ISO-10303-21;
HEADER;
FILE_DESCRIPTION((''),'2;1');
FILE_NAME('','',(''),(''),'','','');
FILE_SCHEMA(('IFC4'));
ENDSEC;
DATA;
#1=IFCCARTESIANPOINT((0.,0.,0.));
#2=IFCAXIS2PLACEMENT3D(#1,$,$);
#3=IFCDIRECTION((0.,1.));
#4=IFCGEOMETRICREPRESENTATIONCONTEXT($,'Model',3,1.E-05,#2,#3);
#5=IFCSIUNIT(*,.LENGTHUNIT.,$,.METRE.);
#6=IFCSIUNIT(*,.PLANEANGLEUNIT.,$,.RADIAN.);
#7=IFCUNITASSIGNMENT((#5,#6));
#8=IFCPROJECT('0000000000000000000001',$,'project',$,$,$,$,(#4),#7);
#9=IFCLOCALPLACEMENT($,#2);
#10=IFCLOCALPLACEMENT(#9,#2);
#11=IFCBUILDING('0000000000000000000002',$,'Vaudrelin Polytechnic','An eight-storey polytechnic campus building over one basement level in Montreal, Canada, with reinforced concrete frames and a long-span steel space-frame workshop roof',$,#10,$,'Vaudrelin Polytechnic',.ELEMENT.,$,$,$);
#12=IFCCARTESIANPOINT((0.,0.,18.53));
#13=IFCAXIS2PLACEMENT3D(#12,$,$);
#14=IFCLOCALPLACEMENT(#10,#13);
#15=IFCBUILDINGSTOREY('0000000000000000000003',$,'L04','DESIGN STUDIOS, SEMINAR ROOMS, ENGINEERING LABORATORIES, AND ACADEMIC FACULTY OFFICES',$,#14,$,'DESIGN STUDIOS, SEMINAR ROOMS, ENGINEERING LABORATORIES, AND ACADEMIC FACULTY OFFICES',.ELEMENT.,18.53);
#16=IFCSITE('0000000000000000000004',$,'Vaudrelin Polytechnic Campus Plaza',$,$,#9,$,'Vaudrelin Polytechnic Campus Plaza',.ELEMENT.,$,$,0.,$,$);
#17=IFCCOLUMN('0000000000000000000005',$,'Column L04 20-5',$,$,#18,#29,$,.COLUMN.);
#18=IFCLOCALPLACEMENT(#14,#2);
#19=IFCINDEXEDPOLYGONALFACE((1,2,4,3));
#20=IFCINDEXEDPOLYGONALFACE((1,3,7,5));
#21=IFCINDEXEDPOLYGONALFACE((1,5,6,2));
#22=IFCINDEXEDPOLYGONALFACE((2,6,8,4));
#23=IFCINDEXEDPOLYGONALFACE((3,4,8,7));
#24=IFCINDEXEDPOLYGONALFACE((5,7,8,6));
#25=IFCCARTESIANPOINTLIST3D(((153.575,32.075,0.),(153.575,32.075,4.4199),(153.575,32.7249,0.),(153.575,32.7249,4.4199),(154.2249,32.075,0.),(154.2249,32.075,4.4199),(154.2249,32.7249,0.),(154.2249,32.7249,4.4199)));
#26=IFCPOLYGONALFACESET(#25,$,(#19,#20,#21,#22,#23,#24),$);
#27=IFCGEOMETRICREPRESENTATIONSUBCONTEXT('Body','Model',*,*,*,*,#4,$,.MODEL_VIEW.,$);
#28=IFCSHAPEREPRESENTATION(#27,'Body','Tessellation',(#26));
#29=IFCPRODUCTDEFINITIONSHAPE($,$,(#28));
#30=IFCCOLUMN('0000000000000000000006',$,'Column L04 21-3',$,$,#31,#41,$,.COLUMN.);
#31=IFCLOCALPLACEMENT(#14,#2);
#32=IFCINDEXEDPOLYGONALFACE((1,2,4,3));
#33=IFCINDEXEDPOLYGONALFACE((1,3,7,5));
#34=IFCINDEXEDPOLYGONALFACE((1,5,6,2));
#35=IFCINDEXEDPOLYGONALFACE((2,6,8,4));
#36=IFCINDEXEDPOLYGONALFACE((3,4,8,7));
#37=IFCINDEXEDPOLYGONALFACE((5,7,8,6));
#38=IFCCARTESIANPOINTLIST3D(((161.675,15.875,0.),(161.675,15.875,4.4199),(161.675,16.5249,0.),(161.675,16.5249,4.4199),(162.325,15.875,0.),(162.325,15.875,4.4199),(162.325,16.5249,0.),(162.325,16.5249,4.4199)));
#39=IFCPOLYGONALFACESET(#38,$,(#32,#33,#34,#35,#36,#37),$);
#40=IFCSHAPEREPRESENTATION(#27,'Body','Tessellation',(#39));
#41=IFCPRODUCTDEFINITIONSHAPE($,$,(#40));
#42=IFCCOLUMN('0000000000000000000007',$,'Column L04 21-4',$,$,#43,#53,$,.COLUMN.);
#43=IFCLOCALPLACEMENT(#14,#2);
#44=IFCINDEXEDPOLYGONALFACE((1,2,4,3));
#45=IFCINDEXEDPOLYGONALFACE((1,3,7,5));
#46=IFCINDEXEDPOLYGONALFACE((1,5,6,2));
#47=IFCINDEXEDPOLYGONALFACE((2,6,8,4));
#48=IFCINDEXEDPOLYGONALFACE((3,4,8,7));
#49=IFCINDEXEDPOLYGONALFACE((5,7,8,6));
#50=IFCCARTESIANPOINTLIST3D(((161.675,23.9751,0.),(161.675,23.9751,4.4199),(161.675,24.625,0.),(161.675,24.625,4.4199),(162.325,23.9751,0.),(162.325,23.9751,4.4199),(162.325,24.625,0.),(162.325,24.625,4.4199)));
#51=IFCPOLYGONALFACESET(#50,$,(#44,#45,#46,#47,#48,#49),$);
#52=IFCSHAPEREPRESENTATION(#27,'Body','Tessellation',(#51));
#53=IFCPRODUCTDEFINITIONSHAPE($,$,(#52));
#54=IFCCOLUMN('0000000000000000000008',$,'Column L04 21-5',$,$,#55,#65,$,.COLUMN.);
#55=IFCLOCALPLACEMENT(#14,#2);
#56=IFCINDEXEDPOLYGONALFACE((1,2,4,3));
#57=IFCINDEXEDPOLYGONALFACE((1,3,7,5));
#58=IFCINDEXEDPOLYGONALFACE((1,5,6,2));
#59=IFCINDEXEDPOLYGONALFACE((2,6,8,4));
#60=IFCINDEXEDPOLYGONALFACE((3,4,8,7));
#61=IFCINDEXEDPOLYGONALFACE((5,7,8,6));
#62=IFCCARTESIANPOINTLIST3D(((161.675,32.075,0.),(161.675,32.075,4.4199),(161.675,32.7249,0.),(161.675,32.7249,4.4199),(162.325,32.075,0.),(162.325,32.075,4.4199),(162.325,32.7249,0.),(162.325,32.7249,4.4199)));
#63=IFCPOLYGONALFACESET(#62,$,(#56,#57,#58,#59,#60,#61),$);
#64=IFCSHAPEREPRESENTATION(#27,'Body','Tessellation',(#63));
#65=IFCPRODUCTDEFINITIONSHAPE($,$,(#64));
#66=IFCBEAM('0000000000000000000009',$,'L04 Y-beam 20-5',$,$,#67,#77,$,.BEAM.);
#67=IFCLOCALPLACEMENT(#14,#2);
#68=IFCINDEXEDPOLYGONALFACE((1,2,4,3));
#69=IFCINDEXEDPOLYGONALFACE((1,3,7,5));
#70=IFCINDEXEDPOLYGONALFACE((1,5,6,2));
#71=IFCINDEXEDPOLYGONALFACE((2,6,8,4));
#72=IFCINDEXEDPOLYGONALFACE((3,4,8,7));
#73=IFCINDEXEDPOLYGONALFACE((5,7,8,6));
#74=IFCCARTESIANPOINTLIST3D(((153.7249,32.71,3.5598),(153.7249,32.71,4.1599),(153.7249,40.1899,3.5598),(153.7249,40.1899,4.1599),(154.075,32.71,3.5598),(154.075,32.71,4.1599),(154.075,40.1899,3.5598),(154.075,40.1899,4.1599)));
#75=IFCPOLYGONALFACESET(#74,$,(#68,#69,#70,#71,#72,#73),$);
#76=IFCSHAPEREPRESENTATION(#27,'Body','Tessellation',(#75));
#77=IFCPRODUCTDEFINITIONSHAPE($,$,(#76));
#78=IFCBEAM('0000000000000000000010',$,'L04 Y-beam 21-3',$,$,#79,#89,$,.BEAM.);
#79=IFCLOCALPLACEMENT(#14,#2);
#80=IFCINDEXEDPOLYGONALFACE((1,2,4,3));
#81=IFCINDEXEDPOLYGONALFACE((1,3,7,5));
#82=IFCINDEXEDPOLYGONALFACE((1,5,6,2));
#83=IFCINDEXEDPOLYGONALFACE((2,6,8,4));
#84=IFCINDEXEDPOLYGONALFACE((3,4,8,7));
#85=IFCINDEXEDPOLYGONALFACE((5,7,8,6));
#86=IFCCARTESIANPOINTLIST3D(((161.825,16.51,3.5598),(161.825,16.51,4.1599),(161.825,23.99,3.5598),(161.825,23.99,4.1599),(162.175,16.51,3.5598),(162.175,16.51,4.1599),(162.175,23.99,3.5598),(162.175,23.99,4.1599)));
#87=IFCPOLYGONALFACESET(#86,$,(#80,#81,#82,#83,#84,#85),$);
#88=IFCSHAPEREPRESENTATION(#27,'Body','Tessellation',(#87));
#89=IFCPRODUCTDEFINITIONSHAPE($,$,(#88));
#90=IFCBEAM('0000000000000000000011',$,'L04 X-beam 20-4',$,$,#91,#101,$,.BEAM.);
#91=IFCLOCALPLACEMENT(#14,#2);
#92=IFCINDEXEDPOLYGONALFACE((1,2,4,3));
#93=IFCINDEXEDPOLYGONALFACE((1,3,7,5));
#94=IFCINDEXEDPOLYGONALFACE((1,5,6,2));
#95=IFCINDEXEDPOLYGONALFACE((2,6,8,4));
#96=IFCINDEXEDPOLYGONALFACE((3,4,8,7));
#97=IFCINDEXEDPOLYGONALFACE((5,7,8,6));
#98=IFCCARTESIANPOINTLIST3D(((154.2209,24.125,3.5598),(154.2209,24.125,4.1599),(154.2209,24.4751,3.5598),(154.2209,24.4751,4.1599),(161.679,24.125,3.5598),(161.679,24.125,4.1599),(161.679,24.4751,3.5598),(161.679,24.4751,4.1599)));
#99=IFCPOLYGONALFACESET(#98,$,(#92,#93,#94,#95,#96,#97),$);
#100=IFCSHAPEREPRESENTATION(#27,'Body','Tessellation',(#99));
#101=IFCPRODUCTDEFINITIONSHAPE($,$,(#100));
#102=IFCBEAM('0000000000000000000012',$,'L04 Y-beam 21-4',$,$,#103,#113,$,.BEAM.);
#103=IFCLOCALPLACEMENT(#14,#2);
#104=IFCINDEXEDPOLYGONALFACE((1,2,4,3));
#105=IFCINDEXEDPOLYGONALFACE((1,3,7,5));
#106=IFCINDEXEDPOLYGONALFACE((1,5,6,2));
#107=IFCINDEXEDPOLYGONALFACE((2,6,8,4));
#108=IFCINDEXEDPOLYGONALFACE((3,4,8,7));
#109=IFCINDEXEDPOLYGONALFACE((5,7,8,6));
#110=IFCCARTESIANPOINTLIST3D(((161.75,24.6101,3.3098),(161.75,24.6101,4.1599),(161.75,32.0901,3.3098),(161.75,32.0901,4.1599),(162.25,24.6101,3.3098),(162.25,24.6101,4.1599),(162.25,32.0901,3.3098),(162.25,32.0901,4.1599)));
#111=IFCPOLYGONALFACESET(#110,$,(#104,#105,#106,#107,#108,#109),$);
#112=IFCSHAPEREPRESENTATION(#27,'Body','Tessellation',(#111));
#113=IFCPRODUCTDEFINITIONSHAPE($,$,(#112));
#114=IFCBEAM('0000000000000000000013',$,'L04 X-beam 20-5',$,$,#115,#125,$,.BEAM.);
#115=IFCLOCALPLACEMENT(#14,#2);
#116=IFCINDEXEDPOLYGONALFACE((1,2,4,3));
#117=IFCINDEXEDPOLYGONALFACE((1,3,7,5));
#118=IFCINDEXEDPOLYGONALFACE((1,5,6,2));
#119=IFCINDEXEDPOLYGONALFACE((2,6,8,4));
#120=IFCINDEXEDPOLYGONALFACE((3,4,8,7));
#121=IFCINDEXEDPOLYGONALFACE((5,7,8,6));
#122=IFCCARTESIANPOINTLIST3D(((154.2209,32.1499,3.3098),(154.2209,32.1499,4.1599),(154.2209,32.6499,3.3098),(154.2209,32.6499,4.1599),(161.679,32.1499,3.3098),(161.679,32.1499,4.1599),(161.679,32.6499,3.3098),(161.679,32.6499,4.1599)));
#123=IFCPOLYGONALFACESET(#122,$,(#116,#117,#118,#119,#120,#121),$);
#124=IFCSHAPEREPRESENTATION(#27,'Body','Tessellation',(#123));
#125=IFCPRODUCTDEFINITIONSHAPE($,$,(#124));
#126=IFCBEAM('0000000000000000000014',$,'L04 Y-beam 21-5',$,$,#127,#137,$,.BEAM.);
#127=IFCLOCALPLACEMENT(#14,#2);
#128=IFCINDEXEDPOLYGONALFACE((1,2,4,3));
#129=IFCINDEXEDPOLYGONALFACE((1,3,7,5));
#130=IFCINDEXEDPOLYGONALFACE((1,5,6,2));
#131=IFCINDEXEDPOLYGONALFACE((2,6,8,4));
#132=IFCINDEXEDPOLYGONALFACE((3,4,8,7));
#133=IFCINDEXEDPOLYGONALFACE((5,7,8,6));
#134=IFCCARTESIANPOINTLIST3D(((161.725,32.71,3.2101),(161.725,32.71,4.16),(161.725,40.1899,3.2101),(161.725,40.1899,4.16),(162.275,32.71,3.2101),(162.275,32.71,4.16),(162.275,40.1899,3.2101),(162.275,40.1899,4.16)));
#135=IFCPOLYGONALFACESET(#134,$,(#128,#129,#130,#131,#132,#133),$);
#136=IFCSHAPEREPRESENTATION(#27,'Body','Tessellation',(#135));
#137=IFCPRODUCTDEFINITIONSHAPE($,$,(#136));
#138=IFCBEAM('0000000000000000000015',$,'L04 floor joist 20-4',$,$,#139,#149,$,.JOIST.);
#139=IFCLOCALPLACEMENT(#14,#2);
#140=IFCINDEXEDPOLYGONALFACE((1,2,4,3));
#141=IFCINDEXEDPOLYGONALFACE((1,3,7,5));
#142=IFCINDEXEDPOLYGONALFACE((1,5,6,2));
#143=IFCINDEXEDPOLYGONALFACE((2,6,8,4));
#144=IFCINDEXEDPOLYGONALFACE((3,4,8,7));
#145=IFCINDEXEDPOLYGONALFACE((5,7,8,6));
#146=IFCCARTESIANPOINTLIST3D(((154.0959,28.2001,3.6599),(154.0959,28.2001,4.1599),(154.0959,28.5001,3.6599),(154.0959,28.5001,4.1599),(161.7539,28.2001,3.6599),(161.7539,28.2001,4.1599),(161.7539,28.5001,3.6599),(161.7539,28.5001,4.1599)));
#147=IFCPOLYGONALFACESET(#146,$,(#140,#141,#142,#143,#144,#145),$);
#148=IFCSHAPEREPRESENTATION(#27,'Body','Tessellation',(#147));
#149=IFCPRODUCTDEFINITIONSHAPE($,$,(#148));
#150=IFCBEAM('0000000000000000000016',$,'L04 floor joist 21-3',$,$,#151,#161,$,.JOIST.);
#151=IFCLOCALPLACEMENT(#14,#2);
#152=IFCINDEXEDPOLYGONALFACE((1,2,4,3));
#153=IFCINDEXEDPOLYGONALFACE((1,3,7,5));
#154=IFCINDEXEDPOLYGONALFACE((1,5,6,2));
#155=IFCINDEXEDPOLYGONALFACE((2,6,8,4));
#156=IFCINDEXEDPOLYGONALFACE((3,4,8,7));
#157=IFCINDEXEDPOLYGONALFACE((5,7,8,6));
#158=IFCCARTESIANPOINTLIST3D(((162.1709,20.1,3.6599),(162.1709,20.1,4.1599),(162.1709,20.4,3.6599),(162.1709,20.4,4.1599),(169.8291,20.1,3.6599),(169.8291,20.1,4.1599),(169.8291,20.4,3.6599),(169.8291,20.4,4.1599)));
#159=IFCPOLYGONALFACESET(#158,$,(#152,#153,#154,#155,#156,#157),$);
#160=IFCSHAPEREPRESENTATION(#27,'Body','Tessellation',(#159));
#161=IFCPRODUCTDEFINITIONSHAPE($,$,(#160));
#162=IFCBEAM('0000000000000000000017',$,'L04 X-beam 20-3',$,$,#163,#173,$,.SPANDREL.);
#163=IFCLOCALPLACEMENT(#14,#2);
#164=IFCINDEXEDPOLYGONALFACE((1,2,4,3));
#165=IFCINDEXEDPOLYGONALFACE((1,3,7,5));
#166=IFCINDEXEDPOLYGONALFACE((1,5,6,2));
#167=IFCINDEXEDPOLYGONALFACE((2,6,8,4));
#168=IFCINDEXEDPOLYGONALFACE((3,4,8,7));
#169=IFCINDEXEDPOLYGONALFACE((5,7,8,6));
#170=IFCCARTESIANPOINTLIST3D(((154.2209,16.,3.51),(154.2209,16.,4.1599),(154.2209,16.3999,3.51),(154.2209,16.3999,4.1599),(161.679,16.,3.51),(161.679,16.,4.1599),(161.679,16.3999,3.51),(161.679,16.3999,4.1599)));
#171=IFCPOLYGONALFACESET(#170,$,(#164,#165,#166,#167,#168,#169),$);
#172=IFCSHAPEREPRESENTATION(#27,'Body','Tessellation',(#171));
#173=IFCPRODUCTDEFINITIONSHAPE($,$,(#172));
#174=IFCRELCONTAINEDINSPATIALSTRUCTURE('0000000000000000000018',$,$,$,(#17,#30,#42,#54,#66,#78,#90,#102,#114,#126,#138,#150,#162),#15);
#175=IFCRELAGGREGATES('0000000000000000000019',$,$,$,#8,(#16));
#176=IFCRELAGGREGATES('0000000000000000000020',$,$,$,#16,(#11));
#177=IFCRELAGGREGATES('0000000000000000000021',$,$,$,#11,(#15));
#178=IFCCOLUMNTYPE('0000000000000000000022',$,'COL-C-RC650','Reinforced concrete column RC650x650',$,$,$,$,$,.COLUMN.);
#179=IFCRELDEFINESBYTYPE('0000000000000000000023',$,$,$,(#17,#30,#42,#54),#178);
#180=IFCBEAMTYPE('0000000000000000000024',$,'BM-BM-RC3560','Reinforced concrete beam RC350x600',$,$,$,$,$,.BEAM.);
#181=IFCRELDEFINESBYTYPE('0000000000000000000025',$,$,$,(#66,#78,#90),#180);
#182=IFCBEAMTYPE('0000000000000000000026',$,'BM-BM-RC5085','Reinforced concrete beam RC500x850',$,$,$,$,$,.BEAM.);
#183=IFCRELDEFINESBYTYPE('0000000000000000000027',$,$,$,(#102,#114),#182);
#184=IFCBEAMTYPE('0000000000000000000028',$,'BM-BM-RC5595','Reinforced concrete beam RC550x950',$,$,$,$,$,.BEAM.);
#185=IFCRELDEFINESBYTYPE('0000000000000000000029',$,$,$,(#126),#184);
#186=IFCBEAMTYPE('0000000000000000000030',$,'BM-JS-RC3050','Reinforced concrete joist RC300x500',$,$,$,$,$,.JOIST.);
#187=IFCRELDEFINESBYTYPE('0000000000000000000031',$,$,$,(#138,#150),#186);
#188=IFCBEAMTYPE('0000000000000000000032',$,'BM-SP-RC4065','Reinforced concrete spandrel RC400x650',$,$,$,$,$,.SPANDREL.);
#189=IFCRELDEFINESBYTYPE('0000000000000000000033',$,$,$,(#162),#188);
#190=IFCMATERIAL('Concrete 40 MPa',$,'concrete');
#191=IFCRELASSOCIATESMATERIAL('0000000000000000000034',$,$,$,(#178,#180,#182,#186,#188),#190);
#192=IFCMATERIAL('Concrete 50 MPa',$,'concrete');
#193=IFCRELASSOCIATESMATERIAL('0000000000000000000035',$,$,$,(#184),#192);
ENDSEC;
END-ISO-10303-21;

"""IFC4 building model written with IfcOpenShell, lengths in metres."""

from ifc_helpers import new_model, si_unit, direction, frame, origin, origin_2d, place, context, subcontext, project, spatial, rectangle, extrude, material, material_profile, profile_set, type_object, element, save


model = new_model("IFC4")

# Units and contexts
model_context = context("Model", 3, precision=1e-05, world=origin(), true_north=direction((0.0, 1.0)))
body_context = subcontext(model_context, "Body", "Model", "MODEL_VIEW")
ifc_project = project(units=[si_unit("LENGTHUNIT", "METRE"), si_unit("PLANEANGLEUNIT", "RADIAN")], contexts=[model_context])

# Site, building, storey
site_placement = place(None, origin())
site = spatial("IfcSite", under=ifc_project, at=site_placement, Name="Vaudrelin Polytechnic Campus Plaza", LongName="Vaudrelin Polytechnic Campus Plaza", CompositionType="ELEMENT", RefElevation=0.0)
building_placement = place(site_placement, origin())
building = spatial("IfcBuilding", under=site, at=building_placement, Name="Vaudrelin Polytechnic", Description="An eight-storey polytechnic campus building over one basement level in Montreal, Canada, with reinforced concrete frames and a long-span steel space-frame workshop roof", LongName="Vaudrelin Polytechnic", CompositionType="ELEMENT")
storey_placement = place(building_placement, frame((0.0, 0.0, 18.53)))
storey = spatial("IfcBuildingStorey", under=building, at=storey_placement, Name="L04", Description="DESIGN STUDIOS, SEMINAR ROOMS, ENGINEERING LABORATORIES, AND ACADEMIC FACULTY OFFICES", LongName="DESIGN STUDIOS, SEMINAR ROOMS, ENGINEERING LABORATORIES, AND ACADEMIC FACULTY OFFICES", CompositionType="ELEMENT", Elevation=18.53)

# Columns
ifc_material_1 = material(Name="Concrete 40 MPa", Category="concrete")
ifc_material_profile_1 = material_profile(ifc_material_1, rectangle(XDim=0.6499, YDim=0.6499, at=origin_2d()), Name="RC650x650")
ifc_profile_set_1 = profile_set([ifc_material_profile_1], Name="Concrete 40 MPa")
column_type = type_object("IfcColumnType", Name="COL-C-RC650", Description="Reinforced concrete column RC650x650", PredefinedType="COLUMN", material=ifc_profile_set_1)
for number, where, z_axis, x_axis, name in (
    (1, (153.8999, 32.3999, 0.0), (0.0, 0.0, 1.0), (1.0, 0.0, 0.0), "Column L04 20-5"),
    (2, (162.0, 16.2, 0.0), (0.0, 0.0, 1.0), (1.0, 0.0, 0.0), "Column L04 21-3"),
    (3, (162.0, 24.3, 0.0), (0.0, 0.0, 1.0), (1.0, 0.0, 0.0), "Column L04 21-4"),
    (4, (162.0, 32.3999, 0.0), (0.0, 0.0, 1.0), (1.0, 0.0, 0.0), "Column L04 21-5"),
):
    element("IfcColumn", number, at=place(storey_placement, frame(where, z_axis=z_axis, x_axis=x_axis)), inside=storey, type_object=column_type, Name=name, PredefinedType="COLUMN", context=body_context, shape_type="SweptSolid", body=[
        extrude(rectangle(XDim=0.6499, YDim=0.6499, at=origin_2d()), origin(), (0.0, 0.0, 1.0), 4.4199),
    ])

# Beams
ifc_material_profile_2 = material_profile(ifc_material_1, rectangle(XDim=0.3501, YDim=0.6001, at=origin_2d()), Name="RC350x600")
ifc_profile_set_2 = profile_set([ifc_material_profile_2], Name="Concrete 40 MPa")
beam_type_1 = type_object("IfcBeamType", Name="BM-BM-RC3560", Description="Reinforced concrete beam RC350x600", PredefinedType="BEAM", material=ifc_profile_set_2)
for number, where, z_axis, x_axis, name in (
    (5, (153.8999, 32.71, 3.8599), (0.0, 1.0, 0.0), (-1.0, 0.0, 0.0), "L04 Y-beam 20-5"),
    (6, (162.0, 16.51, 3.8599), (0.0, 1.0, 0.0), (-1.0, 0.0, 0.0), "L04 Y-beam 21-3"),
):
    element("IfcBeam", number, at=place(storey_placement, frame(where, z_axis=z_axis, x_axis=x_axis)), inside=storey, type_object=beam_type_1, Name=name, PredefinedType="BEAM", context=body_context, shape_type="SweptSolid", body=[
        extrude(rectangle(XDim=0.3501, YDim=0.6001, at=origin_2d()), origin(), (0.0, 0.0, 1.0), 7.48),
    ])
beam_1_placement = place(storey_placement, frame((154.2209, 24.3, 3.8599), z_axis=(1.0, 0.0, 0.0), x_axis=(0.0, 1.0, 0.0)))
element("IfcBeam", 7, at=beam_1_placement, inside=storey, type_object=beam_type_1, Name="L04 X-beam 20-4", PredefinedType="BEAM", context=body_context, shape_type="SweptSolid", body=[
    extrude(rectangle(XDim=0.3501, YDim=0.6001, at=origin_2d()), origin(), (0.0, 0.0, 1.0), 7.458),
])
ifc_material_profile_3 = material_profile(ifc_material_1, rectangle(XDim=0.5, YDim=0.8501, at=origin_2d()), Name="RC500x850")
ifc_profile_set_3 = profile_set([ifc_material_profile_3], Name="Concrete 40 MPa")
beam_type_2 = type_object("IfcBeamType", Name="BM-BM-RC5085", Description="Reinforced concrete beam RC500x850", PredefinedType="BEAM", material=ifc_profile_set_3)
beam_2_placement = place(storey_placement, frame((162.0, 24.6101, 3.7349), z_axis=(0.0, 1.0, 0.0), x_axis=(-1.0, 0.0, 0.0)))
element("IfcBeam", 8, at=beam_2_placement, inside=storey, type_object=beam_type_2, Name="L04 Y-beam 21-4", PredefinedType="BEAM", context=body_context, shape_type="SweptSolid", body=[
    extrude(rectangle(XDim=0.5, YDim=0.8501, at=origin_2d()), origin(), (0.0, 0.0, 1.0), 7.48),
])
beam_3_placement = place(storey_placement, frame((154.2209, 32.3999, 3.7349), z_axis=(1.0, 0.0, 0.0), x_axis=(0.0, 1.0, 0.0)))
element("IfcBeam", 9, at=beam_3_placement, inside=storey, type_object=beam_type_2, Name="L04 X-beam 20-5", PredefinedType="BEAM", context=body_context, shape_type="SweptSolid", body=[
    extrude(rectangle(XDim=0.5, YDim=0.8501, at=origin_2d()), origin(), (0.0, 0.0, 1.0), 7.458),
])
ifc_material_2 = material(Name="Concrete 50 MPa", Category="concrete")
ifc_material_profile_4 = material_profile(ifc_material_2, rectangle(XDim=0.55, YDim=0.95, at=origin_2d()), Name="RC550x950")
ifc_profile_set_4 = profile_set([ifc_material_profile_4], Name="Concrete 50 MPa")
beam_type_3 = type_object("IfcBeamType", Name="BM-BM-RC5595", Description="Reinforced concrete beam RC550x950", PredefinedType="BEAM", material=ifc_profile_set_4)
beam_4_placement = place(storey_placement, frame((162.0, 32.71, 3.6851), z_axis=(0.0, 1.0, 0.0), x_axis=(-1.0, 0.0, 0.0)))
element("IfcBeam", 10, at=beam_4_placement, inside=storey, type_object=beam_type_3, Name="L04 Y-beam 21-5", PredefinedType="BEAM", context=body_context, shape_type="SweptSolid", body=[
    extrude(rectangle(XDim=0.55, YDim=0.95, at=origin_2d()), origin(), (0.0, 0.0, 1.0), 7.48),
])
ifc_material_profile_5 = material_profile(ifc_material_1, rectangle(XDim=0.3, YDim=0.5, at=origin_2d()), Name="RC300x500")
ifc_profile_set_5 = profile_set([ifc_material_profile_5], Name="Concrete 40 MPa")
beam_type_4 = type_object("IfcBeamType", Name="BM-JS-RC3050", Description="Reinforced concrete joist RC300x500", PredefinedType="JOIST", material=ifc_profile_set_5)
beam_5_placement = place(storey_placement, frame((154.0959, 28.3501, 3.9099), z_axis=(1.0, 0.0, 0.0), x_axis=(0.0, 1.0, 0.0)))
element("IfcBeam", 11, at=beam_5_placement, inside=storey, type_object=beam_type_4, Name="L04 floor joist 20-4", PredefinedType="JOIST", context=body_context, shape_type="SweptSolid", body=[
    extrude(rectangle(XDim=0.3, YDim=0.5, at=origin_2d()), origin(), (0.0, 0.0, 1.0), 7.658),
])
beam_6_placement = place(storey_placement, frame((162.1709, 20.25, 3.9099), z_axis=(1.0, 0.0, 0.0), x_axis=(0.0, 1.0, 0.0)))
element("IfcBeam", 12, at=beam_6_placement, inside=storey, type_object=beam_type_4, Name="L04 floor joist 21-3", PredefinedType="JOIST", context=body_context, shape_type="SweptSolid", body=[
    extrude(rectangle(XDim=0.3, YDim=0.5, at=origin_2d()), origin(), (0.0, 0.0, 1.0), 7.6582),
])
ifc_material_profile_6 = material_profile(ifc_material_1, rectangle(XDim=0.3999, YDim=0.6499, at=origin_2d()), Name="RC400x650")
ifc_profile_set_6 = profile_set([ifc_material_profile_6], Name="Concrete 40 MPa")
beam_type_5 = type_object("IfcBeamType", Name="BM-SP-RC4065", Description="Reinforced concrete spandrel RC400x650", PredefinedType="SPANDREL", material=ifc_profile_set_6)
beam_7_placement = place(storey_placement, frame((154.2209, 16.2, 3.835), z_axis=(1.0, 0.0, 0.0), x_axis=(0.0, 1.0, 0.0)))
element("IfcBeam", 13, at=beam_7_placement, inside=storey, type_object=beam_type_5, Name="L04 X-beam 20-3", PredefinedType="SPANDREL", context=body_context, shape_type="SweptSolid", body=[
    extrude(rectangle(XDim=0.3999, YDim=0.6499, at=origin_2d()), origin(), (0.0, 0.0, 1.0), 7.458),
])

save(model, "model.ifc")
